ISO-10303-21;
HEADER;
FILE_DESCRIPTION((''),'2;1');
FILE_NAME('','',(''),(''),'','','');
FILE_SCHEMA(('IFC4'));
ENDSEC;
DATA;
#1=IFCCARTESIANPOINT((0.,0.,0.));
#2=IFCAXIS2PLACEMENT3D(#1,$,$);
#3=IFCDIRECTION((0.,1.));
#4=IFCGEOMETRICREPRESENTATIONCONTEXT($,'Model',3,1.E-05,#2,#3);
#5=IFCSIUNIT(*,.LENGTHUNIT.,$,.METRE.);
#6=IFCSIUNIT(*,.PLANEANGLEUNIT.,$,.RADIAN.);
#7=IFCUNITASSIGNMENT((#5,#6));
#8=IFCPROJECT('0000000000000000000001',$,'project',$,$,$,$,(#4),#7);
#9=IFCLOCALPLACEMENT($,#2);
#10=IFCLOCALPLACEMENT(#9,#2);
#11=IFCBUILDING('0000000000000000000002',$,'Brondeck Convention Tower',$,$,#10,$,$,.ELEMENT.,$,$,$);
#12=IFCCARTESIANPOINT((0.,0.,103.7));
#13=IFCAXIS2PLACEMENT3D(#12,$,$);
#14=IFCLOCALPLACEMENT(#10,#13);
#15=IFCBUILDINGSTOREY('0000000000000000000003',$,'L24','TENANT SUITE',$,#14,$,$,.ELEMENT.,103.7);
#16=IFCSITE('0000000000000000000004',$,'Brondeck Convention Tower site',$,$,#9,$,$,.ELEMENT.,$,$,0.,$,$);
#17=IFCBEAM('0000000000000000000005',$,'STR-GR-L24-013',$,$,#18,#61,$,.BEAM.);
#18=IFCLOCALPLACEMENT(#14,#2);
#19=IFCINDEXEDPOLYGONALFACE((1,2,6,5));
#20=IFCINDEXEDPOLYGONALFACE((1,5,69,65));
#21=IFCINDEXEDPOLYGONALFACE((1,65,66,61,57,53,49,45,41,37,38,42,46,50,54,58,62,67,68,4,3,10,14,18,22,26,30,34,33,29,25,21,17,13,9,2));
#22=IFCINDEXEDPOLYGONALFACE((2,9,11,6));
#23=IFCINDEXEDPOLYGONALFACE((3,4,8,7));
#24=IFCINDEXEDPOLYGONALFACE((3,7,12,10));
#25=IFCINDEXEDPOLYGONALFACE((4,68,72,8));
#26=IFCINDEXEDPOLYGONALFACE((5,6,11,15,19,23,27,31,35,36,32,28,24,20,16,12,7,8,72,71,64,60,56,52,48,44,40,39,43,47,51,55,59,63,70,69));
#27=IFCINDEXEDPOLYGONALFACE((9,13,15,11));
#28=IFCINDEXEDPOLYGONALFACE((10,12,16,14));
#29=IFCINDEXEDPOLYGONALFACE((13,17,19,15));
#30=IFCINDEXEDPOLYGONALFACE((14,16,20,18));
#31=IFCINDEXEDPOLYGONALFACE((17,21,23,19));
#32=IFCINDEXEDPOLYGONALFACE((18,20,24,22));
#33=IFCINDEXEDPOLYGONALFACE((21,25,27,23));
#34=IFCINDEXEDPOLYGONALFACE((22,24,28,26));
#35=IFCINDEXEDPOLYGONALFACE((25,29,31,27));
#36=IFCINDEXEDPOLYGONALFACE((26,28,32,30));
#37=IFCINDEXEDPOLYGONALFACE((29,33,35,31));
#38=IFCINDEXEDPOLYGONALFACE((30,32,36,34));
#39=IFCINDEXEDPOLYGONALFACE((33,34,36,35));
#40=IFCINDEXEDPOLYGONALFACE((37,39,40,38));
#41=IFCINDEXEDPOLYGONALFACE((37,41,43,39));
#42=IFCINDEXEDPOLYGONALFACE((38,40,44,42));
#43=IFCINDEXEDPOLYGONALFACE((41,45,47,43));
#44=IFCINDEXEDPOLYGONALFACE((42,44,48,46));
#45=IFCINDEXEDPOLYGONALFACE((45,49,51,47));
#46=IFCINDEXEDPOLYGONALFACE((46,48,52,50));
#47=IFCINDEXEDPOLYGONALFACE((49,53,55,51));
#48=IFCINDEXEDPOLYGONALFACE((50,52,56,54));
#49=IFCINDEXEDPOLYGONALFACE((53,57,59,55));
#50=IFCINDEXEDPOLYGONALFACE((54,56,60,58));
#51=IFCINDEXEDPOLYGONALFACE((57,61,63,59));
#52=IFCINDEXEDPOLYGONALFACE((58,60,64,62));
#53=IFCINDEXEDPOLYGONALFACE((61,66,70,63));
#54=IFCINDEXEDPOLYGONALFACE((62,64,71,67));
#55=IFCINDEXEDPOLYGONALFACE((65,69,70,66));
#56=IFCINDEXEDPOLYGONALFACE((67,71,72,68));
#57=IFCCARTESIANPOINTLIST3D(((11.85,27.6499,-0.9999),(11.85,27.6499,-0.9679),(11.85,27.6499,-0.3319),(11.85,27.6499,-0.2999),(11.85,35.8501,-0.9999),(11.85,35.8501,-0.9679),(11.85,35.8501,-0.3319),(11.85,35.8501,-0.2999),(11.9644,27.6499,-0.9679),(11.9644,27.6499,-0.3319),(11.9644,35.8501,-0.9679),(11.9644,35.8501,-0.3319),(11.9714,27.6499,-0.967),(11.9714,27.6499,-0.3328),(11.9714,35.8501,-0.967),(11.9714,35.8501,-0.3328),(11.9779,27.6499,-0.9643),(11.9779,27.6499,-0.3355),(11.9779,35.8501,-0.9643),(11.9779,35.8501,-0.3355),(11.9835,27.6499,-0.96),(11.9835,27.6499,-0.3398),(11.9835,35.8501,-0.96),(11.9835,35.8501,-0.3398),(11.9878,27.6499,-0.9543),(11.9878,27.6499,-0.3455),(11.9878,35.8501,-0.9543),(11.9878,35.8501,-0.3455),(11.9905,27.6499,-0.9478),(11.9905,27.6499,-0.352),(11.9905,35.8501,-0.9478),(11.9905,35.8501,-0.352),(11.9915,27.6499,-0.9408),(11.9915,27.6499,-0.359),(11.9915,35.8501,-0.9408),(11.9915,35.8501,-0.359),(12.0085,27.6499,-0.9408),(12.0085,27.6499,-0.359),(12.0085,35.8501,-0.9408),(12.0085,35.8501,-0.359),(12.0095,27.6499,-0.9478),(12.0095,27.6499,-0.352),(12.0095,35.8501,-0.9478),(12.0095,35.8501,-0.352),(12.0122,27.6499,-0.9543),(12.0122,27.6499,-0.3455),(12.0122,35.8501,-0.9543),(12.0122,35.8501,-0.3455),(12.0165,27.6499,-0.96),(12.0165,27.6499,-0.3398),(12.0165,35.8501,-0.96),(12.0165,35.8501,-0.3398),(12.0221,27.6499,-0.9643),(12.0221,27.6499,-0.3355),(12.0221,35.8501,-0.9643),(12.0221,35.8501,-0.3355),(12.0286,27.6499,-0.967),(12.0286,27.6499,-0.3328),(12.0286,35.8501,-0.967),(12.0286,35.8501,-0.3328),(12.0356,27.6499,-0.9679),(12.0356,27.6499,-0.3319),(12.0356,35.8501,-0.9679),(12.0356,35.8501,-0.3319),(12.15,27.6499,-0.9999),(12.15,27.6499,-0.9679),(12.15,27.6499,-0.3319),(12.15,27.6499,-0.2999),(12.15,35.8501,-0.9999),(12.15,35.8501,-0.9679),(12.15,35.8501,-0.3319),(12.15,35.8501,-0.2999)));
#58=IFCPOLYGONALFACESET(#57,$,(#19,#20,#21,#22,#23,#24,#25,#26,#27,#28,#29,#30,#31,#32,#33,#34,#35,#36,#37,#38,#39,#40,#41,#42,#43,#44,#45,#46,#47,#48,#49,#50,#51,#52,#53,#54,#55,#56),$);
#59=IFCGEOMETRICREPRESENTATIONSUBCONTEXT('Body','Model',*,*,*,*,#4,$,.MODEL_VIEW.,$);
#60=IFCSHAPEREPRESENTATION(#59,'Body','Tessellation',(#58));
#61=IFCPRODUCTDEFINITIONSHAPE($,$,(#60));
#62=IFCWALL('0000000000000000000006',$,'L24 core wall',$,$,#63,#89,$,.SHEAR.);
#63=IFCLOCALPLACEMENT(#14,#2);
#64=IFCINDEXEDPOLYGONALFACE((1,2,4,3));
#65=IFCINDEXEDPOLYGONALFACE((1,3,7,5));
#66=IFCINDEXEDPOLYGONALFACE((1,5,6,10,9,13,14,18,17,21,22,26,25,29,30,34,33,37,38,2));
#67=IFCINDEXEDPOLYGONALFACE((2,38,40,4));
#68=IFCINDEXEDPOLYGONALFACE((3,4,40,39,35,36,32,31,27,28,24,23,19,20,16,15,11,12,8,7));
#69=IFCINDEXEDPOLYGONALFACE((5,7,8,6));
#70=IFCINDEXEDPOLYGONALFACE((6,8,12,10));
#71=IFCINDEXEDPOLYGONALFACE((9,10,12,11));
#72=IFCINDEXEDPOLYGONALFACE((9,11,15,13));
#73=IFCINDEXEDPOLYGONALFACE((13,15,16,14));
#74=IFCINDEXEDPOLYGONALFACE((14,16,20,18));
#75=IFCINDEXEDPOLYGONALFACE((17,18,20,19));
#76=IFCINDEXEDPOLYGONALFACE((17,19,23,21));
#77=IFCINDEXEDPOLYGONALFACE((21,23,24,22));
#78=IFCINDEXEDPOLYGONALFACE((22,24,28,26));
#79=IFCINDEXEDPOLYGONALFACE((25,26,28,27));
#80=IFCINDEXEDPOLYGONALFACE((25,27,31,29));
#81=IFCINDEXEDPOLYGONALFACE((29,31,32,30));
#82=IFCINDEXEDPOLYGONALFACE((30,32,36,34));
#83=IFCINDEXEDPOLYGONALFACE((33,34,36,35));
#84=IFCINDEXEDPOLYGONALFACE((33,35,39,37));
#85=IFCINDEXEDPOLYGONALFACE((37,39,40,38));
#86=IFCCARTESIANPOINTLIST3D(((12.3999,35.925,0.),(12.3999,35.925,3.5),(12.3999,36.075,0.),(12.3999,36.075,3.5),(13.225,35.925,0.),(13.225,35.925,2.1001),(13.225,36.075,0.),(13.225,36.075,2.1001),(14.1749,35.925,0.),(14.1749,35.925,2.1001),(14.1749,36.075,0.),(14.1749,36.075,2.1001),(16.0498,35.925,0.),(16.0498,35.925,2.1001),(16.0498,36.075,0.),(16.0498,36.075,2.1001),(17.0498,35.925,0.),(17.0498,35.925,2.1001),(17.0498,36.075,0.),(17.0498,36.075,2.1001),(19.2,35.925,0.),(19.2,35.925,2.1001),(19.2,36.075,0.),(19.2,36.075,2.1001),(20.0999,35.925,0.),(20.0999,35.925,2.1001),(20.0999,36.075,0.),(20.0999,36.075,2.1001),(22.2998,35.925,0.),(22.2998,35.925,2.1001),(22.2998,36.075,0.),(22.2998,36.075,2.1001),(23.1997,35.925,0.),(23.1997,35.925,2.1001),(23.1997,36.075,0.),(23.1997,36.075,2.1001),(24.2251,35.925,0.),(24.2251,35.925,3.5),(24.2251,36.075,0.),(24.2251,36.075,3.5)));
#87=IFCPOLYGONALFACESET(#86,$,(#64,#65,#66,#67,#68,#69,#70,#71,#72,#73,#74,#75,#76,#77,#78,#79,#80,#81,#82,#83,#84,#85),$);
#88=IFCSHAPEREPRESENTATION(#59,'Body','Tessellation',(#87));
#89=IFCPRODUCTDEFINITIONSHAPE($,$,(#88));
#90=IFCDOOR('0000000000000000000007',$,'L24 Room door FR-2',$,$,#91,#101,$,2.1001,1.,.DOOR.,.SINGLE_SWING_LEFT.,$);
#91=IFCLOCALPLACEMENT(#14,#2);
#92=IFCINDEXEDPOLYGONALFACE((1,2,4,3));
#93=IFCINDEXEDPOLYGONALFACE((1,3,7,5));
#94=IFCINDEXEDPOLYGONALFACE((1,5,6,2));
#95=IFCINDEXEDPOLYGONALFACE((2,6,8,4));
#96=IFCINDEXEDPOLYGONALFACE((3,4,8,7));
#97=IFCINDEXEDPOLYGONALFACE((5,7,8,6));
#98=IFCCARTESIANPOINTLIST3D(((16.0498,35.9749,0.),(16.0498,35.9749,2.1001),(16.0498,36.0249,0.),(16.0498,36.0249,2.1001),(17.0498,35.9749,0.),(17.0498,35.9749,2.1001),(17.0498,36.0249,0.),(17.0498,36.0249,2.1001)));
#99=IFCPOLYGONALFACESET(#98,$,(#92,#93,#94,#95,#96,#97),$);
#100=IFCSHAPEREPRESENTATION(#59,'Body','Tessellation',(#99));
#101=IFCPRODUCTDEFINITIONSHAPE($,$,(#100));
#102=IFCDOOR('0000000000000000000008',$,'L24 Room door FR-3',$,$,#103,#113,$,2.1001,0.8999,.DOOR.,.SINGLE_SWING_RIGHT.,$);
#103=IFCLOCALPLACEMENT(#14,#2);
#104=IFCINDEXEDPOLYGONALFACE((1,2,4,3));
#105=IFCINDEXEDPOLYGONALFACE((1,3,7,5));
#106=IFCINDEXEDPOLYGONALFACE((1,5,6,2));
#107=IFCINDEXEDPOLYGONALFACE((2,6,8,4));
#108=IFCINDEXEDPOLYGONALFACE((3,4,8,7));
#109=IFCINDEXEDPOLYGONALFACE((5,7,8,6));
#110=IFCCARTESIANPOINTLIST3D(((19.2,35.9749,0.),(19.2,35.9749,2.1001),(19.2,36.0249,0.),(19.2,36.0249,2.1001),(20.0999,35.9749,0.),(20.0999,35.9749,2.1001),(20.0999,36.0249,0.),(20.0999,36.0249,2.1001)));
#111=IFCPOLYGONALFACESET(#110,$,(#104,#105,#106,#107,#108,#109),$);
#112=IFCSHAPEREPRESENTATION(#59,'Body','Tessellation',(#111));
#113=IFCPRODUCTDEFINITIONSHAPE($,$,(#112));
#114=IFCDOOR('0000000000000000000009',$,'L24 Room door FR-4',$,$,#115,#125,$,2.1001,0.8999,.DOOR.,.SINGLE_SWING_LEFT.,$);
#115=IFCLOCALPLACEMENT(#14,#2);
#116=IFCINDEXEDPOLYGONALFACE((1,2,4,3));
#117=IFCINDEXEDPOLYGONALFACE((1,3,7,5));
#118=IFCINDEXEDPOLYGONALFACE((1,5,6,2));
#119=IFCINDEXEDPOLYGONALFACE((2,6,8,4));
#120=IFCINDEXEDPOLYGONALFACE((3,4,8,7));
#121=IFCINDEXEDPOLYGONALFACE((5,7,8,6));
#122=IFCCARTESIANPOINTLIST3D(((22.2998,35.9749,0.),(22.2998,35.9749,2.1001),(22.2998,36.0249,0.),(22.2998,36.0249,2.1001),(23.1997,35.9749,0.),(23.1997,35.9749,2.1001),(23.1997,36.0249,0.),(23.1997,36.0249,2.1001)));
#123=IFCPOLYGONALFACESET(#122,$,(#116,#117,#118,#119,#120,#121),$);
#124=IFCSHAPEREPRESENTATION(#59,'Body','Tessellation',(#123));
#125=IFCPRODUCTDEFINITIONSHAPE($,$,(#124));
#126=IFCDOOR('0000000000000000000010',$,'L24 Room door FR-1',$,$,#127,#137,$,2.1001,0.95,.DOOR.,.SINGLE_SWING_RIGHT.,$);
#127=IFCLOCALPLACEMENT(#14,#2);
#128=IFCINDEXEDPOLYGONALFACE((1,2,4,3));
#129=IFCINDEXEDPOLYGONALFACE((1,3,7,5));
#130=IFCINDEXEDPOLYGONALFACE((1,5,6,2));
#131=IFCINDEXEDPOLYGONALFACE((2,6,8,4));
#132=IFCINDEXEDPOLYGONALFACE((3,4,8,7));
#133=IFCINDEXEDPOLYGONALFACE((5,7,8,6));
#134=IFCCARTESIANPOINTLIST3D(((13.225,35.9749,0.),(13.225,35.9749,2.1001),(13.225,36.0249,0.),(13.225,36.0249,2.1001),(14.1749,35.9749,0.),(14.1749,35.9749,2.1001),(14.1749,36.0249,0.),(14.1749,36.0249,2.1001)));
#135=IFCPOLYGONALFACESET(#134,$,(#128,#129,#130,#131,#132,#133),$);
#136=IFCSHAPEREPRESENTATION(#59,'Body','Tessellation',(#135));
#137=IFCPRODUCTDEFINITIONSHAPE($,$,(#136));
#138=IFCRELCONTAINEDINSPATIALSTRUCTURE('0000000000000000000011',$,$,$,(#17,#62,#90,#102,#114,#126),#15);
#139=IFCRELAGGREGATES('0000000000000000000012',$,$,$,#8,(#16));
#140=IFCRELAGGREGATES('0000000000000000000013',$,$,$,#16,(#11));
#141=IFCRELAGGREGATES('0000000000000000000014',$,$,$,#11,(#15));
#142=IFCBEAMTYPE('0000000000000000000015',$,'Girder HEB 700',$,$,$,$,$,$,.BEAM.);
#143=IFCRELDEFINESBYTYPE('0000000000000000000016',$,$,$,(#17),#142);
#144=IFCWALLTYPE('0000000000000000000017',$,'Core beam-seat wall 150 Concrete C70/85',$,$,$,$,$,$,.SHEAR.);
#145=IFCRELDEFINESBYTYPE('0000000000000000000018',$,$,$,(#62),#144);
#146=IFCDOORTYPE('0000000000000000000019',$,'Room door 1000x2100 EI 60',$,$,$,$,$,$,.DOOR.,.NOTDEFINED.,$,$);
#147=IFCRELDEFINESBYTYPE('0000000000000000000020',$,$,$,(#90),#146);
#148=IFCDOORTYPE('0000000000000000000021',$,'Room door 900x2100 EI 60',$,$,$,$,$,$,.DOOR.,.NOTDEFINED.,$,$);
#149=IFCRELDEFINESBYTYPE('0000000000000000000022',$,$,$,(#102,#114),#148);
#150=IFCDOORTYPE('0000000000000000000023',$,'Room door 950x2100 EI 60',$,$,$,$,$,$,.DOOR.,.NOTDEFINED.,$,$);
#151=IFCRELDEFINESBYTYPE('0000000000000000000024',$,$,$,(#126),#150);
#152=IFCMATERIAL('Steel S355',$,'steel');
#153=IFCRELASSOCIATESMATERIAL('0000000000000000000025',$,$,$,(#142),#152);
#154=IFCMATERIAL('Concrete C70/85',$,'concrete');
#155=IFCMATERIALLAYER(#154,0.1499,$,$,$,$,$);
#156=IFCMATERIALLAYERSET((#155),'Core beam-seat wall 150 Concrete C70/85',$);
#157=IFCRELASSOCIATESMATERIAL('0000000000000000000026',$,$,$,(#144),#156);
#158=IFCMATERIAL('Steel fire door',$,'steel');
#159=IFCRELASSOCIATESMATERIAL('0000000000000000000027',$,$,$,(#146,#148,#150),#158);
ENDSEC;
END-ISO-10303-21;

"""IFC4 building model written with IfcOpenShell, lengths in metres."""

from ifc_helpers import new_model, si_unit, direction, frame, frame_2d, origin, origin_2d, place, context, subcontext, project, spatial, rectangle, i_section, extrude, material, layer, layer_set, material_profile, profile_set, type_object, element, fill, save


model = new_model("IFC4")

# Units and contexts
model_context = context("Model", 3, precision=1e-05, world=origin(), true_north=direction((0.0, 1.0)))
body_context = subcontext(model_context, "Body", "Model", "MODEL_VIEW")
ifc_project = project(units=[si_unit("LENGTHUNIT", "METRE"), si_unit("PLANEANGLEUNIT", "RADIAN")], contexts=[model_context])

# Site, building, storey
site_placement = place(None, origin())
site = spatial("IfcSite", under=ifc_project, at=site_placement, Name="Brondeck Convention Tower site", CompositionType="ELEMENT", RefElevation=0.0)
building_placement = place(site_placement, origin())
building = spatial("IfcBuilding", under=site, at=building_placement, Name="Brondeck Convention Tower", CompositionType="ELEMENT")
storey_placement = place(building_placement, frame((0.0, 0.0, 103.7)))
storey = spatial("IfcBuildingStorey", under=building, at=storey_placement, Name="L24", Description="TENANT SUITE", CompositionType="ELEMENT", Elevation=103.7)

# Beam
ifc_material_1 = material(Name="Steel S355", Category="steel")
ifc_material_profile = material_profile(ifc_material_1, i_section(OverallWidth=0.3, OverallDepth=0.7, WebThickness=0.0171, FlangeThickness=0.032, FilletRadius=0.0271, at=origin_2d()), Name="HEB 700")
ifc_profile_set = profile_set([ifc_material_profile], Name="Steel S355")
beam_type = type_object("IfcBeamType", Name="Girder HEB 700", PredefinedType="BEAM", material=ifc_profile_set)
beam_placement = place(storey_placement, frame((12.0, 35.8501, -0.6499), z_axis=(0.0, -1.0, 0.0), x_axis=(1.0, 0.0, 0.0)))
element("IfcBeam", 1, at=beam_placement, inside=storey, type_object=beam_type, Name="STR-GR-L24-013", PredefinedType="BEAM", context=body_context, shape_type="SweptSolid", body=[
    extrude(i_section(OverallWidth=0.3, OverallDepth=0.7, WebThickness=0.0171, FlangeThickness=0.032, FilletRadius=0.0271, at=origin_2d()), origin(), (0.0, 0.0, 1.0), 8.2002),
])

# Wall, openings, doors
ifc_material_2 = material(Name="Concrete C70/85", Category="concrete")
ifc_layer_1 = layer(ifc_material_2, 0.1499)
ifc_layer_set_1 = layer_set([ifc_layer_1], Name="Core beam-seat wall 150 Concrete C70/85")
wall_type_1 = type_object("IfcWallType", Name="Core beam-seat wall 150 Concrete C70/85", PredefinedType="SHEAR", material=ifc_layer_set_1)
wall_1_placement = place(storey_placement, frame((12.3999, 36.0, 0.0), z_axis=(0.0, 0.0, 1.0), x_axis=(1.0, 0.0, 0.0)))
wall_1 = element("IfcWall", 2, at=wall_1_placement, inside=storey, type_object=wall_type_1, Name="L24 core wall", PredefinedType="SHEAR", context=body_context, shape_type="SweptSolid", body=[
    extrude(rectangle(XDim=11.8252, YDim=0.1499, at=frame_2d((5.9126, 0.0))), origin(), (0.0, 0.0, 1.0), 3.5),
])
opening_1_placement = place(wall_1_placement, frame((0.825, 0.0, 0.0)))
opening_1 = element("IfcOpeningElement", 3, at=opening_1_placement, cuts=wall_1, PredefinedType="OPENING", context=body_context, shape_type="SweptSolid", body=[
    extrude(rectangle(XDim=0.95, YDim=2.1001, at=frame_2d((0.4751, 1.05))), frame((0.0, 0.085, 0.0), z_axis=(0.0, -1.0, 0.0), x_axis=(1.0, 0.0, 0.0)), (0.0, 0.0, 1.0), 0.1699),
])
opening_2_placement = place(wall_1_placement, frame((3.6499, 0.0, 0.0)))
opening_2 = element("IfcOpeningElement", 4, at=opening_2_placement, cuts=wall_1, PredefinedType="OPENING", context=body_context, shape_type="SweptSolid", body=[
    extrude(rectangle(XDim=1.0, YDim=2.1001, at=frame_2d((0.5, 1.05))), frame((0.0, 0.085, 0.0), z_axis=(0.0, -1.0, 0.0), x_axis=(1.0, 0.0, 0.0)), (0.0, 0.0, 1.0), 0.1699),
])
opening_3_placement = place(wall_1_placement, frame((6.8, 0.0, 0.0)))
opening_3 = element("IfcOpeningElement", 5, at=opening_3_placement, cuts=wall_1, PredefinedType="OPENING", context=body_context, shape_type="SweptSolid", body=[
    extrude(rectangle(XDim=0.8999, YDim=2.1001, at=frame_2d((0.45, 1.05))), frame((0.0, 0.085, 0.0), z_axis=(0.0, -1.0, 0.0), x_axis=(1.0, 0.0, 0.0)), (0.0, 0.0, 1.0), 0.1699),
])
opening_4_placement = place(wall_1_placement, frame((9.8999, 0.0, 0.0)))
opening_4 = element("IfcOpeningElement", 6, at=opening_4_placement, cuts=wall_1, PredefinedType="OPENING", context=body_context, shape_type="SweptSolid", body=[
    extrude(rectangle(XDim=0.8999, YDim=2.1001, at=frame_2d((0.45, 1.05))), frame((0.0, 0.085, 0.0), z_axis=(0.0, -1.0, 0.0), x_axis=(1.0, 0.0, 0.0)), (0.0, 0.0, 1.0), 0.1699),
])
ifc_material_3 = material(Name="Steel fire door", Category="steel")
door_type_1 = type_object("IfcDoorType", Name="Room door 1000x2100 EI 60", OperationType="NOTDEFINED", PredefinedType="DOOR", material=ifc_material_3)
door_1_placement = place(opening_2_placement, origin())
door_1 = element("IfcDoor", 7, at=door_1_placement, inside=storey, type_object=door_type_1, Name="L24 Room door FR-2", OperationType="SINGLE_SWING_LEFT", OverallHeight=2.1001, OverallWidth=1.0, PredefinedType="DOOR", context=body_context, shape_type="SweptSolid", body=[
    extrude(rectangle(XDim=1.0, YDim=2.1001, at=frame_2d((0.5, 1.05))), frame((0.0, 0.0249, 0.0), z_axis=(0.0, -1.0, 0.0), x_axis=(1.0, 0.0, 0.0)), (0.0, 0.0, 1.0), 0.05),
])
fill(opening_2, door_1)
door_type_2 = type_object("IfcDoorType", Name="Room door 900x2100 EI 60", OperationType="NOTDEFINED", PredefinedType="DOOR", material=ifc_material_3)
door_2_placement = place(opening_3_placement, origin())
door_2 = element("IfcDoor", 8, at=door_2_placement, inside=storey, type_object=door_type_2, Name="L24 Room door FR-3", OperationType="SINGLE_SWING_RIGHT", OverallHeight=2.1001, OverallWidth=0.8999, PredefinedType="DOOR", context=body_context, shape_type="SweptSolid", body=[
    extrude(rectangle(XDim=0.8999, YDim=2.1001, at=frame_2d((0.45, 1.05))), frame((0.0, 0.0249, 0.0), z_axis=(0.0, -1.0, 0.0), x_axis=(1.0, 0.0, 0.0)), (0.0, 0.0, 1.0), 0.05),
])
fill(opening_3, door_2)
door_3_placement = place(opening_4_placement, origin())
door_3 = element("IfcDoor", 9, at=door_3_placement, inside=storey, type_object=door_type_2, Name="L24 Room door FR-4", OperationType="SINGLE_SWING_LEFT", OverallHeight=2.1001, OverallWidth=0.8999, PredefinedType="DOOR", context=body_context, shape_type="SweptSolid", body=[
    extrude(rectangle(XDim=0.8999, YDim=2.1001, at=frame_2d((0.45, 1.05))), frame((0.0, 0.0249, 0.0), z_axis=(0.0, -1.0, 0.0), x_axis=(1.0, 0.0, 0.0)), (0.0, 0.0, 1.0), 0.05),
])
fill(opening_4, door_3)
door_type_3 = type_object("IfcDoorType", Name="Room door 950x2100 EI 60", OperationType="NOTDEFINED", PredefinedType="DOOR", material=ifc_material_3)
door_4_placement = place(opening_1_placement, origin())
door_4 = element("IfcDoor", 10, at=door_4_placement, inside=storey, type_object=door_type_3, Name="L24 Room door FR-1", OperationType="SINGLE_SWING_RIGHT", OverallHeight=2.1001, OverallWidth=0.95, PredefinedType="DOOR", context=body_context, shape_type="SweptSolid", body=[
    extrude(rectangle(XDim=0.95, YDim=2.1001, at=frame_2d((0.4751, 1.05))), frame((0.0, 0.0249, 0.0), z_axis=(0.0, -1.0, 0.0), x_axis=(1.0, 0.0, 0.0)), (0.0, 0.0, 1.0), 0.05),
])
fill(opening_1, door_4)

save(model, "model.ifc")
